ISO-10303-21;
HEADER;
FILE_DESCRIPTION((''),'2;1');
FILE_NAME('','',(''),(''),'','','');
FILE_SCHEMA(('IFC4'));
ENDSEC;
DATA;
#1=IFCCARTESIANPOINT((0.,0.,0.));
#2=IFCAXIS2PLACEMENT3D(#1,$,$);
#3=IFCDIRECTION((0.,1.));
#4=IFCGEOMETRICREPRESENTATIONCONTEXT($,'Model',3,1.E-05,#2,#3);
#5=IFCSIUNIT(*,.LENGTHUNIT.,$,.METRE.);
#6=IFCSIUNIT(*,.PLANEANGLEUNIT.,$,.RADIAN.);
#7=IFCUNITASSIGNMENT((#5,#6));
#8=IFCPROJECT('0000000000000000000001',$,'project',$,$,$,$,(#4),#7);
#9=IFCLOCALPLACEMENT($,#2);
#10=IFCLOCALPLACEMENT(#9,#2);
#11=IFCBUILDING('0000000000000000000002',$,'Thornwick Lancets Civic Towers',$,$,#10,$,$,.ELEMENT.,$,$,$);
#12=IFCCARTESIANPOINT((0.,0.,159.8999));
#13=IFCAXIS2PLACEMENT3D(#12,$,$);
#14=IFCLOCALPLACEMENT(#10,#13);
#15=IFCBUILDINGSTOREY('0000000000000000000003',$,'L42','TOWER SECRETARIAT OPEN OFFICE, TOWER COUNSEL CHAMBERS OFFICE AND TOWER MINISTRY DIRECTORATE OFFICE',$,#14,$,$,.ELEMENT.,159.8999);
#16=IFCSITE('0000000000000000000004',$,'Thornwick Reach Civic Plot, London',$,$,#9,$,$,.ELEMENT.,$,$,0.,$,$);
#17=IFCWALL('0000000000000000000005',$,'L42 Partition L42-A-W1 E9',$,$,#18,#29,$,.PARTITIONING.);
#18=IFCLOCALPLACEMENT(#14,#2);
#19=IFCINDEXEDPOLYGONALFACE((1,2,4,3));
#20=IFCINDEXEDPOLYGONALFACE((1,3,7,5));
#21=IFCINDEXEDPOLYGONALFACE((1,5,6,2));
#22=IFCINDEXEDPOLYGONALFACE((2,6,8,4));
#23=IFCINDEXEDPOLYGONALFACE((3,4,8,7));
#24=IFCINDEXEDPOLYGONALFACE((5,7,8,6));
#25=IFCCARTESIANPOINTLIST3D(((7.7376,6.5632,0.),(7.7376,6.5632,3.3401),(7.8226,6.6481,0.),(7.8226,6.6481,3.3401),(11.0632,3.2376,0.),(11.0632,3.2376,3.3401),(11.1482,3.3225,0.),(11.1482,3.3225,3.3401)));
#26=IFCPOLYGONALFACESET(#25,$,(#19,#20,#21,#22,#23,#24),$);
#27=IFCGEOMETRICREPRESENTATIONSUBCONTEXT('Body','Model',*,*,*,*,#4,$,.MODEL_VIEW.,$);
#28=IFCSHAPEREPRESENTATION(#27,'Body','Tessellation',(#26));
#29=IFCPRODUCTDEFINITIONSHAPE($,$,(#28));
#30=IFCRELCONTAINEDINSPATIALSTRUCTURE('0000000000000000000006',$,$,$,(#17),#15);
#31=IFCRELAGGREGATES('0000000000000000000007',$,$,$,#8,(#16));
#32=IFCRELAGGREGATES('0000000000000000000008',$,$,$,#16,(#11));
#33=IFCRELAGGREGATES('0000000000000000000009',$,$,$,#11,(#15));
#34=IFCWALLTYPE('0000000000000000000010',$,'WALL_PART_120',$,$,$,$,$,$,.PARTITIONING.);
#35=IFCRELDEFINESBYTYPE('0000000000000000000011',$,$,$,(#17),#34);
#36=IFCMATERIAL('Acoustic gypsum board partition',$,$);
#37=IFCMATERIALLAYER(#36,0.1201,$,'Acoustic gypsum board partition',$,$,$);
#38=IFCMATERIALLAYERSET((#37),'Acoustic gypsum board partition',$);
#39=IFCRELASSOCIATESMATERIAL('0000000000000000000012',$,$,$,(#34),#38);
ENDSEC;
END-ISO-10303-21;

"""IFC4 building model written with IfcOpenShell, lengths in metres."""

from ifc_helpers import new_model, si_unit, direction, frame, frame_2d, origin, place, context, subcontext, project, spatial, rectangle, extrude, material, layer, layer_set, type_object, element, save


model = new_model("IFC4")

# Units and contexts
model_context = context("Model", 3, precision=1e-05, world=origin(), true_north=direction((0.0, 1.0)))
body_context = subcontext(model_context, "Body", "Model", "MODEL_VIEW")
ifc_project = project(units=[si_unit("LENGTHUNIT", "METRE"), si_unit("PLANEANGLEUNIT", "RADIAN")], contexts=[model_context])

# Site, building, storey
site_placement = place(None, origin())
site = spatial("IfcSite", under=ifc_project, at=site_placement, Name="Thornwick Reach Civic Plot, London", CompositionType="ELEMENT", RefElevation=0.0)
building_placement = place(site_placement, origin())
building = spatial("IfcBuilding", under=site, at=building_placement, Name="Thornwick Lancets Civic Towers", CompositionType="ELEMENT")
storey_placement = place(building_placement, frame((0.0, 0.0, 159.8999)))
storey = spatial("IfcBuildingStorey", under=building, at=storey_placement, Name="L42", Description="TOWER SECRETARIAT OPEN OFFICE, TOWER COUNSEL CHAMBERS OFFICE AND TOWER MINISTRY DIRECTORATE OFFICE", CompositionType="ELEMENT", Elevation=159.8999)

# Wall
ifc_material_1 = material(Name="Acoustic gypsum board partition")
ifc_layer_1 = layer(ifc_material_1, 0.1201, Name="Acoustic gypsum board partition")
ifc_layer_set_1 = layer_set([ifc_layer_1], Name="Acoustic gypsum board partition")
wall_type_1 = type_object("IfcWallType", Name="WALL_PART_120", PredefinedType="PARTITIONING", material=ifc_layer_set_1)
wall_1_placement = place(storey_placement, frame((11.1057, 3.28, 0.0), z_axis=(0.0, 0.0, 1.0), x_axis=(-0.707107, 0.707107, 0.0)))
element("IfcWall", 1, at=wall_1_placement, inside=storey, type_object=wall_type_1, Name="L42 Partition L42-A-W1 E9", PredefinedType="PARTITIONING", context=body_context, shape_type="SweptSolid", body=[
    extrude(rectangle(XDim=4.7031, YDim=0.1201, at=frame_2d((2.3516, 0.0))), origin(), (0.0, 0.0, 1.0), 3.3401),
])

save(model, "model.ifc")
